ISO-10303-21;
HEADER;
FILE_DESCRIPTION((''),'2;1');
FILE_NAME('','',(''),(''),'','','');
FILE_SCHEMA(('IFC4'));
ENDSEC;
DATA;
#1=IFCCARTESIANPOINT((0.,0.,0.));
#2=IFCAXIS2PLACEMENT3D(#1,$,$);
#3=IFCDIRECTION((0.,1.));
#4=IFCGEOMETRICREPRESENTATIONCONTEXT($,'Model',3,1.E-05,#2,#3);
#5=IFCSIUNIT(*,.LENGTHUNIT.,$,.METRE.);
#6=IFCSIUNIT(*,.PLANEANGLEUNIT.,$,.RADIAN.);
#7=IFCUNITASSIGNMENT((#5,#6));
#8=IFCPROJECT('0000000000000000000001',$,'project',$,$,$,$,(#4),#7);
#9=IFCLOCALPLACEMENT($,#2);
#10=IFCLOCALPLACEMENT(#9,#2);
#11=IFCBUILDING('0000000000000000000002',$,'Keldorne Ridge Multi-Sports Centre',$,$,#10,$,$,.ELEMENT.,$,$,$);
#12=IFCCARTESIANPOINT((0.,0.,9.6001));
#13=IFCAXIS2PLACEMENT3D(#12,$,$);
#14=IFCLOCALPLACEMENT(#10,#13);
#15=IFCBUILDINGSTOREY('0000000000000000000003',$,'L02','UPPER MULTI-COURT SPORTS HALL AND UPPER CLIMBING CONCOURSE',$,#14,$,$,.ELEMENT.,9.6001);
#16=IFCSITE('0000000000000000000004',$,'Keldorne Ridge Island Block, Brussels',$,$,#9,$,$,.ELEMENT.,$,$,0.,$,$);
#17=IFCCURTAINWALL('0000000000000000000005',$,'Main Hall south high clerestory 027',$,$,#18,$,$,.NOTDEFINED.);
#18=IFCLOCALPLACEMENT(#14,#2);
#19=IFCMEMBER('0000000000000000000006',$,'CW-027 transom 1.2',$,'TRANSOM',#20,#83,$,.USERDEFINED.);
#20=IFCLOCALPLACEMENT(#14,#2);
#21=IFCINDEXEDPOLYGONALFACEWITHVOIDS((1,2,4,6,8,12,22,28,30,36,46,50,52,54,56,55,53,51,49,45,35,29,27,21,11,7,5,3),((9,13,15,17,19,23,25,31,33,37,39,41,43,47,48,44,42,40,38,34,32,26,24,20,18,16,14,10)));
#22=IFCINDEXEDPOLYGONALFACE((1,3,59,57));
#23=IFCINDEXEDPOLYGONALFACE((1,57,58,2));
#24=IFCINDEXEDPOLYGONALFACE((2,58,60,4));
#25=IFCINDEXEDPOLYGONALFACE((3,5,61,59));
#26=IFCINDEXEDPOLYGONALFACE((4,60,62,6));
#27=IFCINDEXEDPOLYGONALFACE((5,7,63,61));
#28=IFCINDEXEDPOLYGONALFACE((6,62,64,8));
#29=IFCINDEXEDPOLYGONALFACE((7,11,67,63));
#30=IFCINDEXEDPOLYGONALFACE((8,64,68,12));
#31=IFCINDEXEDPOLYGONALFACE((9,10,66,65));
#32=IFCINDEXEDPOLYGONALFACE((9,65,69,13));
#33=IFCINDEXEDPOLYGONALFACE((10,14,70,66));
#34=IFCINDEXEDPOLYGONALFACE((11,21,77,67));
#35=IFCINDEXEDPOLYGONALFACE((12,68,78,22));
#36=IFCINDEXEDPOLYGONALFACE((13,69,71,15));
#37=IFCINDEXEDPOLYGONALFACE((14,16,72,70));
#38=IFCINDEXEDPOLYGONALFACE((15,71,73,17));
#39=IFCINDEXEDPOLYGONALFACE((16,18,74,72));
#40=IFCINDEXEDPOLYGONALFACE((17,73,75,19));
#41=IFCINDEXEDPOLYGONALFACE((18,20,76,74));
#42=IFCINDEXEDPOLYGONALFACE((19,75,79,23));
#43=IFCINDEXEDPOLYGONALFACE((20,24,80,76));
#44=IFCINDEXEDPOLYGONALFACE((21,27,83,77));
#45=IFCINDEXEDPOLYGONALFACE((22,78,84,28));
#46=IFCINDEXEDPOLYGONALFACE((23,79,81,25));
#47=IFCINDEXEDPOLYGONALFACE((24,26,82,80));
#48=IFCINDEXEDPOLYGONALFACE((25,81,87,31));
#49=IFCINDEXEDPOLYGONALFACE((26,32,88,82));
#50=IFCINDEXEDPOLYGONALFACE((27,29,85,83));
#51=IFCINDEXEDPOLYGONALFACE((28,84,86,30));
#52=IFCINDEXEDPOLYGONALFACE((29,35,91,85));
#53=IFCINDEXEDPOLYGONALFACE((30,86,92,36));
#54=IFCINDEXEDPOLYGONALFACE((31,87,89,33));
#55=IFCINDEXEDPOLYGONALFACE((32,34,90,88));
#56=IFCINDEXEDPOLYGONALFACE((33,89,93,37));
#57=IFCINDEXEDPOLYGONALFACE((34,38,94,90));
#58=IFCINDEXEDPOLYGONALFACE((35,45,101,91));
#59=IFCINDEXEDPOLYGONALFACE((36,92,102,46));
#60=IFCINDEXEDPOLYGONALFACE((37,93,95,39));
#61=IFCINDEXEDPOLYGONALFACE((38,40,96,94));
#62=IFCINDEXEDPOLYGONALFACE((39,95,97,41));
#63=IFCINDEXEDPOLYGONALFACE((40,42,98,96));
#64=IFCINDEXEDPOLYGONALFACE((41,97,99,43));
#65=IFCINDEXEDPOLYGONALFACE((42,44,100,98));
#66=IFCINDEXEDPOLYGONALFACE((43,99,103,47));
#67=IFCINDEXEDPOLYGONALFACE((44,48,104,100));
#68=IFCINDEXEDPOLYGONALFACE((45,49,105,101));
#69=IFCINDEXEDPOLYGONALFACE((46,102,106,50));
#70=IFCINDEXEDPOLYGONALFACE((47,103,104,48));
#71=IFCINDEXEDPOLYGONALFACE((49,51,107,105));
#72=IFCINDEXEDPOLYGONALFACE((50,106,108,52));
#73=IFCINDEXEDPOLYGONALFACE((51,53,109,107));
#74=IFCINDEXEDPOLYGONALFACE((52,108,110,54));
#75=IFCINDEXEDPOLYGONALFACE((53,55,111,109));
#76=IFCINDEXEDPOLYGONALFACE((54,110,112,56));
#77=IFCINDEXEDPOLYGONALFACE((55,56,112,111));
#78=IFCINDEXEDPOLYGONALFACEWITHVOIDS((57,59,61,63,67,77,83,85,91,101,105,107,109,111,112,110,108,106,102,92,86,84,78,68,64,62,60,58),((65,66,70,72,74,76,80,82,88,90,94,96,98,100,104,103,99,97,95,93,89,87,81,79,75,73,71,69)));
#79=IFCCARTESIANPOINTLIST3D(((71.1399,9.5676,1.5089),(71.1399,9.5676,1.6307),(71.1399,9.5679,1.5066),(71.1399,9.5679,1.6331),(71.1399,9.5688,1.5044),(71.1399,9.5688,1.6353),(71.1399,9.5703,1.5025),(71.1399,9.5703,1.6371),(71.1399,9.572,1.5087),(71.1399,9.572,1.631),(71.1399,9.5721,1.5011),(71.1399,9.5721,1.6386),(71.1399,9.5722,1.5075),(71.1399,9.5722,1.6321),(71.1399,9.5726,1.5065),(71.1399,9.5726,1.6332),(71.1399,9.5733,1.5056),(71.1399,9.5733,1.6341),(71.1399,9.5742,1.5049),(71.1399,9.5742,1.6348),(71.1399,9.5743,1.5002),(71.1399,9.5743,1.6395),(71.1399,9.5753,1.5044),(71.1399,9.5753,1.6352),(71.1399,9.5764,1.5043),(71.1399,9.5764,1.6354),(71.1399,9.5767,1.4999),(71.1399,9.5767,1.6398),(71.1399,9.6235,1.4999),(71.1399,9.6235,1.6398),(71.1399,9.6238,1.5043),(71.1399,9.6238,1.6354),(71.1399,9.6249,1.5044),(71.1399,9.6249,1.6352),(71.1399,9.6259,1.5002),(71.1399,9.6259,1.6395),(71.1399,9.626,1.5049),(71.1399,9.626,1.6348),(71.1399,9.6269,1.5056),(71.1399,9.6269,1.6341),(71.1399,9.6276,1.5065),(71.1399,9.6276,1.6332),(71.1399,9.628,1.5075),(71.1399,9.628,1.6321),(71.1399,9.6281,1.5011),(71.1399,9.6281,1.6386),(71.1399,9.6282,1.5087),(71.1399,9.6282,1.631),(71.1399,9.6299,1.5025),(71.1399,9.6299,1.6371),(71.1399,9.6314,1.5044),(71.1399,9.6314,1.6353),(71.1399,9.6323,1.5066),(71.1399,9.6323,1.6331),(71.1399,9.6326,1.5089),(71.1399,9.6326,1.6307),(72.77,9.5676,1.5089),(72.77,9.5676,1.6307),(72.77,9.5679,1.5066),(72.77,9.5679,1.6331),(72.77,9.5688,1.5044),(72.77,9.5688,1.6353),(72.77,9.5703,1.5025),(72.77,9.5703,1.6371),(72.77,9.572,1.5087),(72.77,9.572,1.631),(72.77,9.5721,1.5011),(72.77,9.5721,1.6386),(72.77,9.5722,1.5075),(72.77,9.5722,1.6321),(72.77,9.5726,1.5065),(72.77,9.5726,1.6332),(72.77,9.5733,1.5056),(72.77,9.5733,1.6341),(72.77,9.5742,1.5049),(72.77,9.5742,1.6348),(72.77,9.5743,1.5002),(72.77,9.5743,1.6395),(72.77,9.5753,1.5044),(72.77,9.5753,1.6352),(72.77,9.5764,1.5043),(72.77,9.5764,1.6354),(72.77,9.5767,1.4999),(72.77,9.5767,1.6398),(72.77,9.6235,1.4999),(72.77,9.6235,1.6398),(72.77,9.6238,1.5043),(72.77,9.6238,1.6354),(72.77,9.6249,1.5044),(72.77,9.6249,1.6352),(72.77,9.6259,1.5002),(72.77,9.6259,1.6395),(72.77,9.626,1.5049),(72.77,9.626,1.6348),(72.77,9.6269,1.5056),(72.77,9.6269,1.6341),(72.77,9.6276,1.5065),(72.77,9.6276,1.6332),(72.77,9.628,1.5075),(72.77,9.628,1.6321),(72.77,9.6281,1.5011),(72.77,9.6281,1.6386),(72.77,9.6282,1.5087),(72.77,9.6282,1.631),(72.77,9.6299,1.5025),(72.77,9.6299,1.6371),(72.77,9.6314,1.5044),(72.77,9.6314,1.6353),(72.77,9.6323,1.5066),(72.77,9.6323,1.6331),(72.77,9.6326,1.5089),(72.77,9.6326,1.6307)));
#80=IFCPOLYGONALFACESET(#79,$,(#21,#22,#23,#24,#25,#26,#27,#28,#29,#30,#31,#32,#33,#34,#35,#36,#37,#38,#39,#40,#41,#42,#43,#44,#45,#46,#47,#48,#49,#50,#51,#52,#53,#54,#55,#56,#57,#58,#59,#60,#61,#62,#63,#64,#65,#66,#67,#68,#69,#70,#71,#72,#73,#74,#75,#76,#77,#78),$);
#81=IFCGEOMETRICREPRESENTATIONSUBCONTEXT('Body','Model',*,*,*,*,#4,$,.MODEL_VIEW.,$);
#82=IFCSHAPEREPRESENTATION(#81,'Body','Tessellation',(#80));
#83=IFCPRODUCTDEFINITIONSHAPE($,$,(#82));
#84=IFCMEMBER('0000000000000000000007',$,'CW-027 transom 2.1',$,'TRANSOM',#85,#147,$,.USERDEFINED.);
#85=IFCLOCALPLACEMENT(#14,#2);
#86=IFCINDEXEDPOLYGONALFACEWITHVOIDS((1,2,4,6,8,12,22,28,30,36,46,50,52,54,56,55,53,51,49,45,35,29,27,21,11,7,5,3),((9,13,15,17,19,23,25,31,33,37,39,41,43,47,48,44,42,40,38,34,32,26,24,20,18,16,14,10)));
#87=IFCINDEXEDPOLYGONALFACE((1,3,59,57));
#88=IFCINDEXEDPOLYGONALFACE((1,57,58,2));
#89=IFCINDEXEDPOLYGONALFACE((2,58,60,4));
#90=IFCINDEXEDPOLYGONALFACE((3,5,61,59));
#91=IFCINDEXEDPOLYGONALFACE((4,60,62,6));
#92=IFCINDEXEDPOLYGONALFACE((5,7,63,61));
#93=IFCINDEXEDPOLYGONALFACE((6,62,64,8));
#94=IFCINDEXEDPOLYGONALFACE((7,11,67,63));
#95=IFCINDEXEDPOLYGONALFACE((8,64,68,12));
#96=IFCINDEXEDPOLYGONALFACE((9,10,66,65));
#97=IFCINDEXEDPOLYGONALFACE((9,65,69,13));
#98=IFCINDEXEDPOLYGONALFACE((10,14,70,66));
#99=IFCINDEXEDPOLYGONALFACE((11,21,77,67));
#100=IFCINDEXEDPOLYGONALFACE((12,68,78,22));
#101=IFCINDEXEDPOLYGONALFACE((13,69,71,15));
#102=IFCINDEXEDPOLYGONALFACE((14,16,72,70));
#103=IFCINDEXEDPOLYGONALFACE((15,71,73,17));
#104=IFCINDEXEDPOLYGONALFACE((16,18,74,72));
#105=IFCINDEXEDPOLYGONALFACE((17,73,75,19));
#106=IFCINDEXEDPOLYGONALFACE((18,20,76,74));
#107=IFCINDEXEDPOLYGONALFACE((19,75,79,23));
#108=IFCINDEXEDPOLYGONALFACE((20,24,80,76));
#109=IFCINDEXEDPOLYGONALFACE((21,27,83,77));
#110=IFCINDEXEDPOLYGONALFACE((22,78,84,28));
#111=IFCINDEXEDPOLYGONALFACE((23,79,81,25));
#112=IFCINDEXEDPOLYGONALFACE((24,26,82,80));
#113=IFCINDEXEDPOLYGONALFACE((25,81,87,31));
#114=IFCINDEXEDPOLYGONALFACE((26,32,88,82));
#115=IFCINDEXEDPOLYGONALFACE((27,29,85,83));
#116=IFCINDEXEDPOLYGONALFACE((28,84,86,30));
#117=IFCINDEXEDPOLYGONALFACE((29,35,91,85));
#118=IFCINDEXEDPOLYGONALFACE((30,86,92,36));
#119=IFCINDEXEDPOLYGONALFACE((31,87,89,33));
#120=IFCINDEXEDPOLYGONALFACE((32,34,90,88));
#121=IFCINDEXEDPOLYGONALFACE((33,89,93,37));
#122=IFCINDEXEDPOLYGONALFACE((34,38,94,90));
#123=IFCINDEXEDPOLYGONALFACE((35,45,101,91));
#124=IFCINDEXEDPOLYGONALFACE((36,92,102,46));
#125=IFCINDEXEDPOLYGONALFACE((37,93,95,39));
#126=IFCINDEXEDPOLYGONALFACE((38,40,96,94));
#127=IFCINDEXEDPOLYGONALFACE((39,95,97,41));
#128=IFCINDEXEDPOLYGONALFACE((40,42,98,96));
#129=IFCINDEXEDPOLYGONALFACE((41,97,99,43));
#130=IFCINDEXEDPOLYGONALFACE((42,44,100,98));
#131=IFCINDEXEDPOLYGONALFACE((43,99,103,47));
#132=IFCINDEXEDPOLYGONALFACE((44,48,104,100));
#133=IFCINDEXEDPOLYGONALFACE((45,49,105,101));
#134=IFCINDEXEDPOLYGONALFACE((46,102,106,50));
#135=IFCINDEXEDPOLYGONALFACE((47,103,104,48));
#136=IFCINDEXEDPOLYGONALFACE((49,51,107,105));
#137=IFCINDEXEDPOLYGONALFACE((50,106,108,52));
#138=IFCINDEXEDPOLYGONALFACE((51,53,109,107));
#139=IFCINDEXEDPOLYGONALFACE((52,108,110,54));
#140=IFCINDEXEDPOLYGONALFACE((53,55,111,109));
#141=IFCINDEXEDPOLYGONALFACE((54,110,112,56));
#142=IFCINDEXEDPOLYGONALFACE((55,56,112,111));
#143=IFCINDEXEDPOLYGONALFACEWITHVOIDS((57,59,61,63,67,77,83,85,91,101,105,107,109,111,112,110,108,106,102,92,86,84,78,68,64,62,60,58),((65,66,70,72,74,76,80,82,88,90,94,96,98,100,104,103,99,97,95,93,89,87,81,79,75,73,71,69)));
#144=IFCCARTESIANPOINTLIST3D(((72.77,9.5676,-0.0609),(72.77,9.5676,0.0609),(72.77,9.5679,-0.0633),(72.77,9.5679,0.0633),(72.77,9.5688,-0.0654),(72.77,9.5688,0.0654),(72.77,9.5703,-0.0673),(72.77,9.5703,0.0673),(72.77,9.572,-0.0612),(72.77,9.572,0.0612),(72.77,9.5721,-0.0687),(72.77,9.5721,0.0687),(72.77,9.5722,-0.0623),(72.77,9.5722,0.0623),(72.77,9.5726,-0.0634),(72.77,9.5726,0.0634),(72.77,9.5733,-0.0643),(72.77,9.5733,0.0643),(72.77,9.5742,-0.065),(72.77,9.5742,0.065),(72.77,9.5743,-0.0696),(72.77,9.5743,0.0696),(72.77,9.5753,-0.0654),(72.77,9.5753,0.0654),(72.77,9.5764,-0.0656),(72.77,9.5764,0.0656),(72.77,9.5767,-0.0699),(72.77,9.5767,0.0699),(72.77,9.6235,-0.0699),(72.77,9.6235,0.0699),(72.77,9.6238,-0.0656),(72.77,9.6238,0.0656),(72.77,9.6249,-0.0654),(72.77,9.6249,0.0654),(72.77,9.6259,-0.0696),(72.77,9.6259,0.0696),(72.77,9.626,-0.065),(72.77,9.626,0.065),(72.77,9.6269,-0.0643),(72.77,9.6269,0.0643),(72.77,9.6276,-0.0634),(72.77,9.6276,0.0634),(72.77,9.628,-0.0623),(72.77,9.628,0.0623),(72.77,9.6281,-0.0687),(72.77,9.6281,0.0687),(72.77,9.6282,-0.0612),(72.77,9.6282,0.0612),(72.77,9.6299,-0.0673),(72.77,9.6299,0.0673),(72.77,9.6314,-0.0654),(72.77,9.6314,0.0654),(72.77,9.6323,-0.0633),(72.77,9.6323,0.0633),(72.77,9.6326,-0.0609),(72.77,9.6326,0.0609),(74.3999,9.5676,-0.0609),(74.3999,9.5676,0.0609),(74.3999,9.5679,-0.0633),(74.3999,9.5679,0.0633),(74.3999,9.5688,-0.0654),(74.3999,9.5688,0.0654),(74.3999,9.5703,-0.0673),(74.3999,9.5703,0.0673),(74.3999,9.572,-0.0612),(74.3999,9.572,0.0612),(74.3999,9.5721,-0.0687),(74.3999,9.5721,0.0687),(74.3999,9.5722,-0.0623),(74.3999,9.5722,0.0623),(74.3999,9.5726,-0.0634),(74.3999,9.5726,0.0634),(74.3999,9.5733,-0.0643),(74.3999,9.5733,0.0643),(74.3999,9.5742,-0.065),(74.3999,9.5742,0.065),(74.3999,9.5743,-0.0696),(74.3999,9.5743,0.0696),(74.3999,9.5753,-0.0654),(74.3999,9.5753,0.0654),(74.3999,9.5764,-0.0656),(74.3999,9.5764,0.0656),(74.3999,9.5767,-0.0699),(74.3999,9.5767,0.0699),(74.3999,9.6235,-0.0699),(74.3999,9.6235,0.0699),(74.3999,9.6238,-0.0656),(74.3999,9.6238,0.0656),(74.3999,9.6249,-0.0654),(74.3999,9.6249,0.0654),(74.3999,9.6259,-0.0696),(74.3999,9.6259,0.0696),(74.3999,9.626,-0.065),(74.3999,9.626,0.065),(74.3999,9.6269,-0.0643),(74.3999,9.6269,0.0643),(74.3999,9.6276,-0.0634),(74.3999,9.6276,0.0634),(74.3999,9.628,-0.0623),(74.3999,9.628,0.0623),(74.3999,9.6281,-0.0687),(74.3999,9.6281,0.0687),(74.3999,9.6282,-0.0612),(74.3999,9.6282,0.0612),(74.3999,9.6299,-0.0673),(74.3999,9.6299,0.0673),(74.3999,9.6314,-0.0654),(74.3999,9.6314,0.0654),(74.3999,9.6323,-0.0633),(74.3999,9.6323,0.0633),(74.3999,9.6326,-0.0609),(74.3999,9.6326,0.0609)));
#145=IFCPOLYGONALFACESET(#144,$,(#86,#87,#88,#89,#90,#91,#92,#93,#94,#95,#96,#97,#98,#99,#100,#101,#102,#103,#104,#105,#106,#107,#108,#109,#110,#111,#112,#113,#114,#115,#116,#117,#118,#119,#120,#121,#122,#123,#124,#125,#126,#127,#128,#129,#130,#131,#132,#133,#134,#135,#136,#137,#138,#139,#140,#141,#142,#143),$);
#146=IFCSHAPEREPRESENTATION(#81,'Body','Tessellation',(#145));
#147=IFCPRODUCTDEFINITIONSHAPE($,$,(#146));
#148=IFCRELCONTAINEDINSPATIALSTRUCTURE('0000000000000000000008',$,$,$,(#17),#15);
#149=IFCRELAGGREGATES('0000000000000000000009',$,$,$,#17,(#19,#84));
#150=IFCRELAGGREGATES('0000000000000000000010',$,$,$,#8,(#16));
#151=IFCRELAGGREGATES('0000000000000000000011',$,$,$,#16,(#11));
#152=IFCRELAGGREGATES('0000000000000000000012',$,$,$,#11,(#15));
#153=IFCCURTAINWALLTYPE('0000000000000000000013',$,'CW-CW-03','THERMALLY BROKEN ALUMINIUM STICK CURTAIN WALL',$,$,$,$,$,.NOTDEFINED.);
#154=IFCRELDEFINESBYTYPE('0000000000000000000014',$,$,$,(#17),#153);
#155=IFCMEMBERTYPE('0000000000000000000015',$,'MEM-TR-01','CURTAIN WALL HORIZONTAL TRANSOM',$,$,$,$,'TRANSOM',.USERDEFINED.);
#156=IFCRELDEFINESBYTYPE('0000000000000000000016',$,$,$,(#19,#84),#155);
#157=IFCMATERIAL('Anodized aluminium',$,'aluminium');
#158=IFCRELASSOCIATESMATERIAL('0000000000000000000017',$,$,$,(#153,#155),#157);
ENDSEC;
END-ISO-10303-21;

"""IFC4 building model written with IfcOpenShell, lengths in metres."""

from ifc_helpers import new_model, si_unit, direction, frame, origin, origin_2d, place, context, subcontext, project, spatial, hollow_rectangle, extrude, material, material_profile, profile_set, type_object, element, aggregate, save


model = new_model("IFC4")

# Units and contexts
model_context = context("Model", 3, precision=1e-05, world=origin(), true_north=direction((0.0, 1.0)))
body_context = subcontext(model_context, "Body", "Model", "MODEL_VIEW")
ifc_project = project(units=[si_unit("LENGTHUNIT", "METRE"), si_unit("PLANEANGLEUNIT", "RADIAN")], contexts=[model_context])

# Site, building, storey
site_placement = place(None, origin())
site = spatial("IfcSite", under=ifc_project, at=site_placement, Name="Keldorne Ridge Island Block, Brussels", CompositionType="ELEMENT", RefElevation=0.0)
building_placement = place(site_placement, origin())
building = spatial("IfcBuilding", under=site, at=building_placement, Name="Keldorne Ridge Multi-Sports Centre", CompositionType="ELEMENT")
storey_placement = place(building_placement, frame((0.0, 0.0, 9.6001)))
storey = spatial("IfcBuildingStorey", under=building, at=storey_placement, Name="L02", Description="UPPER MULTI-COURT SPORTS HALL AND UPPER CLIMBING CONCOURSE", CompositionType="ELEMENT", Elevation=9.6001)

# Curtain wall
ifc_material_1 = material(Name="Anodized aluminium", Category="aluminium")
curtain_wall_type_1 = type_object("IfcCurtainWallType", Name="CW-CW-03", Description="THERMALLY BROKEN ALUMINIUM STICK CURTAIN WALL", PredefinedType="NOTDEFINED", material=ifc_material_1)
curtain_wall_1_placement = place(storey_placement, origin())
curtain_wall_1 = element("IfcCurtainWall", 1, at=curtain_wall_1_placement, inside=storey, type_object=curtain_wall_type_1, Name="Main Hall south high clerestory 027", PredefinedType="NOTDEFINED")

# Members
ifc_material_profile_1 = material_profile(ifc_material_1, hollow_rectangle(XDim=0.0649, YDim=0.1399, WallThickness=0.0044, InnerFilletRadius=0.0044, OuterFilletRadius=0.009, at=origin_2d()), Name="ALU TRANSOM 140x65x4.5")
ifc_profile_set_1 = profile_set([ifc_material_profile_1], Name="Anodized aluminium")
member_type_1 = type_object("IfcMemberType", Name="MEM-TR-01", Description="CURTAIN WALL HORIZONTAL TRANSOM", ElementType="TRANSOM", PredefinedType="USERDEFINED", material=ifc_profile_set_1)
member_1_placement = place(storey_placement, frame((71.1399, 9.6001, 1.5698), z_axis=(1.0, 0.0, 0.0), x_axis=(0.0, 1.0, 0.0)))
member_1 = element("IfcMember", 2, at=member_1_placement, type_object=member_type_1, Name="CW-027 transom 1.2", ObjectType="TRANSOM", PredefinedType="USERDEFINED", context=body_context, shape_type="SweptSolid", body=[
    extrude(hollow_rectangle(XDim=0.0649, YDim=0.1399, WallThickness=0.0044, InnerFilletRadius=0.0044, OuterFilletRadius=0.009, at=origin_2d()), origin(), (0.0, 0.0, 1.0), 1.6301),
])
member_2_placement = place(storey_placement, frame((72.77, 9.6001, 0.0), z_axis=(1.0, 0.0, 0.0), x_axis=(0.0, 1.0, 0.0)))
member_2 = element("IfcMember", 3, at=member_2_placement, type_object=member_type_1, Name="CW-027 transom 2.1", ObjectType="TRANSOM", PredefinedType="USERDEFINED", context=body_context, shape_type="SweptSolid", body=[
    extrude(hollow_rectangle(XDim=0.0649, YDim=0.1399, WallThickness=0.0044, InnerFilletRadius=0.0044, OuterFilletRadius=0.009, at=origin_2d()), origin(), (0.0, 0.0, 1.0), 1.6299),
])

aggregate(curtain_wall_1, [member_1, member_2])

save(model, "model.ifc")
